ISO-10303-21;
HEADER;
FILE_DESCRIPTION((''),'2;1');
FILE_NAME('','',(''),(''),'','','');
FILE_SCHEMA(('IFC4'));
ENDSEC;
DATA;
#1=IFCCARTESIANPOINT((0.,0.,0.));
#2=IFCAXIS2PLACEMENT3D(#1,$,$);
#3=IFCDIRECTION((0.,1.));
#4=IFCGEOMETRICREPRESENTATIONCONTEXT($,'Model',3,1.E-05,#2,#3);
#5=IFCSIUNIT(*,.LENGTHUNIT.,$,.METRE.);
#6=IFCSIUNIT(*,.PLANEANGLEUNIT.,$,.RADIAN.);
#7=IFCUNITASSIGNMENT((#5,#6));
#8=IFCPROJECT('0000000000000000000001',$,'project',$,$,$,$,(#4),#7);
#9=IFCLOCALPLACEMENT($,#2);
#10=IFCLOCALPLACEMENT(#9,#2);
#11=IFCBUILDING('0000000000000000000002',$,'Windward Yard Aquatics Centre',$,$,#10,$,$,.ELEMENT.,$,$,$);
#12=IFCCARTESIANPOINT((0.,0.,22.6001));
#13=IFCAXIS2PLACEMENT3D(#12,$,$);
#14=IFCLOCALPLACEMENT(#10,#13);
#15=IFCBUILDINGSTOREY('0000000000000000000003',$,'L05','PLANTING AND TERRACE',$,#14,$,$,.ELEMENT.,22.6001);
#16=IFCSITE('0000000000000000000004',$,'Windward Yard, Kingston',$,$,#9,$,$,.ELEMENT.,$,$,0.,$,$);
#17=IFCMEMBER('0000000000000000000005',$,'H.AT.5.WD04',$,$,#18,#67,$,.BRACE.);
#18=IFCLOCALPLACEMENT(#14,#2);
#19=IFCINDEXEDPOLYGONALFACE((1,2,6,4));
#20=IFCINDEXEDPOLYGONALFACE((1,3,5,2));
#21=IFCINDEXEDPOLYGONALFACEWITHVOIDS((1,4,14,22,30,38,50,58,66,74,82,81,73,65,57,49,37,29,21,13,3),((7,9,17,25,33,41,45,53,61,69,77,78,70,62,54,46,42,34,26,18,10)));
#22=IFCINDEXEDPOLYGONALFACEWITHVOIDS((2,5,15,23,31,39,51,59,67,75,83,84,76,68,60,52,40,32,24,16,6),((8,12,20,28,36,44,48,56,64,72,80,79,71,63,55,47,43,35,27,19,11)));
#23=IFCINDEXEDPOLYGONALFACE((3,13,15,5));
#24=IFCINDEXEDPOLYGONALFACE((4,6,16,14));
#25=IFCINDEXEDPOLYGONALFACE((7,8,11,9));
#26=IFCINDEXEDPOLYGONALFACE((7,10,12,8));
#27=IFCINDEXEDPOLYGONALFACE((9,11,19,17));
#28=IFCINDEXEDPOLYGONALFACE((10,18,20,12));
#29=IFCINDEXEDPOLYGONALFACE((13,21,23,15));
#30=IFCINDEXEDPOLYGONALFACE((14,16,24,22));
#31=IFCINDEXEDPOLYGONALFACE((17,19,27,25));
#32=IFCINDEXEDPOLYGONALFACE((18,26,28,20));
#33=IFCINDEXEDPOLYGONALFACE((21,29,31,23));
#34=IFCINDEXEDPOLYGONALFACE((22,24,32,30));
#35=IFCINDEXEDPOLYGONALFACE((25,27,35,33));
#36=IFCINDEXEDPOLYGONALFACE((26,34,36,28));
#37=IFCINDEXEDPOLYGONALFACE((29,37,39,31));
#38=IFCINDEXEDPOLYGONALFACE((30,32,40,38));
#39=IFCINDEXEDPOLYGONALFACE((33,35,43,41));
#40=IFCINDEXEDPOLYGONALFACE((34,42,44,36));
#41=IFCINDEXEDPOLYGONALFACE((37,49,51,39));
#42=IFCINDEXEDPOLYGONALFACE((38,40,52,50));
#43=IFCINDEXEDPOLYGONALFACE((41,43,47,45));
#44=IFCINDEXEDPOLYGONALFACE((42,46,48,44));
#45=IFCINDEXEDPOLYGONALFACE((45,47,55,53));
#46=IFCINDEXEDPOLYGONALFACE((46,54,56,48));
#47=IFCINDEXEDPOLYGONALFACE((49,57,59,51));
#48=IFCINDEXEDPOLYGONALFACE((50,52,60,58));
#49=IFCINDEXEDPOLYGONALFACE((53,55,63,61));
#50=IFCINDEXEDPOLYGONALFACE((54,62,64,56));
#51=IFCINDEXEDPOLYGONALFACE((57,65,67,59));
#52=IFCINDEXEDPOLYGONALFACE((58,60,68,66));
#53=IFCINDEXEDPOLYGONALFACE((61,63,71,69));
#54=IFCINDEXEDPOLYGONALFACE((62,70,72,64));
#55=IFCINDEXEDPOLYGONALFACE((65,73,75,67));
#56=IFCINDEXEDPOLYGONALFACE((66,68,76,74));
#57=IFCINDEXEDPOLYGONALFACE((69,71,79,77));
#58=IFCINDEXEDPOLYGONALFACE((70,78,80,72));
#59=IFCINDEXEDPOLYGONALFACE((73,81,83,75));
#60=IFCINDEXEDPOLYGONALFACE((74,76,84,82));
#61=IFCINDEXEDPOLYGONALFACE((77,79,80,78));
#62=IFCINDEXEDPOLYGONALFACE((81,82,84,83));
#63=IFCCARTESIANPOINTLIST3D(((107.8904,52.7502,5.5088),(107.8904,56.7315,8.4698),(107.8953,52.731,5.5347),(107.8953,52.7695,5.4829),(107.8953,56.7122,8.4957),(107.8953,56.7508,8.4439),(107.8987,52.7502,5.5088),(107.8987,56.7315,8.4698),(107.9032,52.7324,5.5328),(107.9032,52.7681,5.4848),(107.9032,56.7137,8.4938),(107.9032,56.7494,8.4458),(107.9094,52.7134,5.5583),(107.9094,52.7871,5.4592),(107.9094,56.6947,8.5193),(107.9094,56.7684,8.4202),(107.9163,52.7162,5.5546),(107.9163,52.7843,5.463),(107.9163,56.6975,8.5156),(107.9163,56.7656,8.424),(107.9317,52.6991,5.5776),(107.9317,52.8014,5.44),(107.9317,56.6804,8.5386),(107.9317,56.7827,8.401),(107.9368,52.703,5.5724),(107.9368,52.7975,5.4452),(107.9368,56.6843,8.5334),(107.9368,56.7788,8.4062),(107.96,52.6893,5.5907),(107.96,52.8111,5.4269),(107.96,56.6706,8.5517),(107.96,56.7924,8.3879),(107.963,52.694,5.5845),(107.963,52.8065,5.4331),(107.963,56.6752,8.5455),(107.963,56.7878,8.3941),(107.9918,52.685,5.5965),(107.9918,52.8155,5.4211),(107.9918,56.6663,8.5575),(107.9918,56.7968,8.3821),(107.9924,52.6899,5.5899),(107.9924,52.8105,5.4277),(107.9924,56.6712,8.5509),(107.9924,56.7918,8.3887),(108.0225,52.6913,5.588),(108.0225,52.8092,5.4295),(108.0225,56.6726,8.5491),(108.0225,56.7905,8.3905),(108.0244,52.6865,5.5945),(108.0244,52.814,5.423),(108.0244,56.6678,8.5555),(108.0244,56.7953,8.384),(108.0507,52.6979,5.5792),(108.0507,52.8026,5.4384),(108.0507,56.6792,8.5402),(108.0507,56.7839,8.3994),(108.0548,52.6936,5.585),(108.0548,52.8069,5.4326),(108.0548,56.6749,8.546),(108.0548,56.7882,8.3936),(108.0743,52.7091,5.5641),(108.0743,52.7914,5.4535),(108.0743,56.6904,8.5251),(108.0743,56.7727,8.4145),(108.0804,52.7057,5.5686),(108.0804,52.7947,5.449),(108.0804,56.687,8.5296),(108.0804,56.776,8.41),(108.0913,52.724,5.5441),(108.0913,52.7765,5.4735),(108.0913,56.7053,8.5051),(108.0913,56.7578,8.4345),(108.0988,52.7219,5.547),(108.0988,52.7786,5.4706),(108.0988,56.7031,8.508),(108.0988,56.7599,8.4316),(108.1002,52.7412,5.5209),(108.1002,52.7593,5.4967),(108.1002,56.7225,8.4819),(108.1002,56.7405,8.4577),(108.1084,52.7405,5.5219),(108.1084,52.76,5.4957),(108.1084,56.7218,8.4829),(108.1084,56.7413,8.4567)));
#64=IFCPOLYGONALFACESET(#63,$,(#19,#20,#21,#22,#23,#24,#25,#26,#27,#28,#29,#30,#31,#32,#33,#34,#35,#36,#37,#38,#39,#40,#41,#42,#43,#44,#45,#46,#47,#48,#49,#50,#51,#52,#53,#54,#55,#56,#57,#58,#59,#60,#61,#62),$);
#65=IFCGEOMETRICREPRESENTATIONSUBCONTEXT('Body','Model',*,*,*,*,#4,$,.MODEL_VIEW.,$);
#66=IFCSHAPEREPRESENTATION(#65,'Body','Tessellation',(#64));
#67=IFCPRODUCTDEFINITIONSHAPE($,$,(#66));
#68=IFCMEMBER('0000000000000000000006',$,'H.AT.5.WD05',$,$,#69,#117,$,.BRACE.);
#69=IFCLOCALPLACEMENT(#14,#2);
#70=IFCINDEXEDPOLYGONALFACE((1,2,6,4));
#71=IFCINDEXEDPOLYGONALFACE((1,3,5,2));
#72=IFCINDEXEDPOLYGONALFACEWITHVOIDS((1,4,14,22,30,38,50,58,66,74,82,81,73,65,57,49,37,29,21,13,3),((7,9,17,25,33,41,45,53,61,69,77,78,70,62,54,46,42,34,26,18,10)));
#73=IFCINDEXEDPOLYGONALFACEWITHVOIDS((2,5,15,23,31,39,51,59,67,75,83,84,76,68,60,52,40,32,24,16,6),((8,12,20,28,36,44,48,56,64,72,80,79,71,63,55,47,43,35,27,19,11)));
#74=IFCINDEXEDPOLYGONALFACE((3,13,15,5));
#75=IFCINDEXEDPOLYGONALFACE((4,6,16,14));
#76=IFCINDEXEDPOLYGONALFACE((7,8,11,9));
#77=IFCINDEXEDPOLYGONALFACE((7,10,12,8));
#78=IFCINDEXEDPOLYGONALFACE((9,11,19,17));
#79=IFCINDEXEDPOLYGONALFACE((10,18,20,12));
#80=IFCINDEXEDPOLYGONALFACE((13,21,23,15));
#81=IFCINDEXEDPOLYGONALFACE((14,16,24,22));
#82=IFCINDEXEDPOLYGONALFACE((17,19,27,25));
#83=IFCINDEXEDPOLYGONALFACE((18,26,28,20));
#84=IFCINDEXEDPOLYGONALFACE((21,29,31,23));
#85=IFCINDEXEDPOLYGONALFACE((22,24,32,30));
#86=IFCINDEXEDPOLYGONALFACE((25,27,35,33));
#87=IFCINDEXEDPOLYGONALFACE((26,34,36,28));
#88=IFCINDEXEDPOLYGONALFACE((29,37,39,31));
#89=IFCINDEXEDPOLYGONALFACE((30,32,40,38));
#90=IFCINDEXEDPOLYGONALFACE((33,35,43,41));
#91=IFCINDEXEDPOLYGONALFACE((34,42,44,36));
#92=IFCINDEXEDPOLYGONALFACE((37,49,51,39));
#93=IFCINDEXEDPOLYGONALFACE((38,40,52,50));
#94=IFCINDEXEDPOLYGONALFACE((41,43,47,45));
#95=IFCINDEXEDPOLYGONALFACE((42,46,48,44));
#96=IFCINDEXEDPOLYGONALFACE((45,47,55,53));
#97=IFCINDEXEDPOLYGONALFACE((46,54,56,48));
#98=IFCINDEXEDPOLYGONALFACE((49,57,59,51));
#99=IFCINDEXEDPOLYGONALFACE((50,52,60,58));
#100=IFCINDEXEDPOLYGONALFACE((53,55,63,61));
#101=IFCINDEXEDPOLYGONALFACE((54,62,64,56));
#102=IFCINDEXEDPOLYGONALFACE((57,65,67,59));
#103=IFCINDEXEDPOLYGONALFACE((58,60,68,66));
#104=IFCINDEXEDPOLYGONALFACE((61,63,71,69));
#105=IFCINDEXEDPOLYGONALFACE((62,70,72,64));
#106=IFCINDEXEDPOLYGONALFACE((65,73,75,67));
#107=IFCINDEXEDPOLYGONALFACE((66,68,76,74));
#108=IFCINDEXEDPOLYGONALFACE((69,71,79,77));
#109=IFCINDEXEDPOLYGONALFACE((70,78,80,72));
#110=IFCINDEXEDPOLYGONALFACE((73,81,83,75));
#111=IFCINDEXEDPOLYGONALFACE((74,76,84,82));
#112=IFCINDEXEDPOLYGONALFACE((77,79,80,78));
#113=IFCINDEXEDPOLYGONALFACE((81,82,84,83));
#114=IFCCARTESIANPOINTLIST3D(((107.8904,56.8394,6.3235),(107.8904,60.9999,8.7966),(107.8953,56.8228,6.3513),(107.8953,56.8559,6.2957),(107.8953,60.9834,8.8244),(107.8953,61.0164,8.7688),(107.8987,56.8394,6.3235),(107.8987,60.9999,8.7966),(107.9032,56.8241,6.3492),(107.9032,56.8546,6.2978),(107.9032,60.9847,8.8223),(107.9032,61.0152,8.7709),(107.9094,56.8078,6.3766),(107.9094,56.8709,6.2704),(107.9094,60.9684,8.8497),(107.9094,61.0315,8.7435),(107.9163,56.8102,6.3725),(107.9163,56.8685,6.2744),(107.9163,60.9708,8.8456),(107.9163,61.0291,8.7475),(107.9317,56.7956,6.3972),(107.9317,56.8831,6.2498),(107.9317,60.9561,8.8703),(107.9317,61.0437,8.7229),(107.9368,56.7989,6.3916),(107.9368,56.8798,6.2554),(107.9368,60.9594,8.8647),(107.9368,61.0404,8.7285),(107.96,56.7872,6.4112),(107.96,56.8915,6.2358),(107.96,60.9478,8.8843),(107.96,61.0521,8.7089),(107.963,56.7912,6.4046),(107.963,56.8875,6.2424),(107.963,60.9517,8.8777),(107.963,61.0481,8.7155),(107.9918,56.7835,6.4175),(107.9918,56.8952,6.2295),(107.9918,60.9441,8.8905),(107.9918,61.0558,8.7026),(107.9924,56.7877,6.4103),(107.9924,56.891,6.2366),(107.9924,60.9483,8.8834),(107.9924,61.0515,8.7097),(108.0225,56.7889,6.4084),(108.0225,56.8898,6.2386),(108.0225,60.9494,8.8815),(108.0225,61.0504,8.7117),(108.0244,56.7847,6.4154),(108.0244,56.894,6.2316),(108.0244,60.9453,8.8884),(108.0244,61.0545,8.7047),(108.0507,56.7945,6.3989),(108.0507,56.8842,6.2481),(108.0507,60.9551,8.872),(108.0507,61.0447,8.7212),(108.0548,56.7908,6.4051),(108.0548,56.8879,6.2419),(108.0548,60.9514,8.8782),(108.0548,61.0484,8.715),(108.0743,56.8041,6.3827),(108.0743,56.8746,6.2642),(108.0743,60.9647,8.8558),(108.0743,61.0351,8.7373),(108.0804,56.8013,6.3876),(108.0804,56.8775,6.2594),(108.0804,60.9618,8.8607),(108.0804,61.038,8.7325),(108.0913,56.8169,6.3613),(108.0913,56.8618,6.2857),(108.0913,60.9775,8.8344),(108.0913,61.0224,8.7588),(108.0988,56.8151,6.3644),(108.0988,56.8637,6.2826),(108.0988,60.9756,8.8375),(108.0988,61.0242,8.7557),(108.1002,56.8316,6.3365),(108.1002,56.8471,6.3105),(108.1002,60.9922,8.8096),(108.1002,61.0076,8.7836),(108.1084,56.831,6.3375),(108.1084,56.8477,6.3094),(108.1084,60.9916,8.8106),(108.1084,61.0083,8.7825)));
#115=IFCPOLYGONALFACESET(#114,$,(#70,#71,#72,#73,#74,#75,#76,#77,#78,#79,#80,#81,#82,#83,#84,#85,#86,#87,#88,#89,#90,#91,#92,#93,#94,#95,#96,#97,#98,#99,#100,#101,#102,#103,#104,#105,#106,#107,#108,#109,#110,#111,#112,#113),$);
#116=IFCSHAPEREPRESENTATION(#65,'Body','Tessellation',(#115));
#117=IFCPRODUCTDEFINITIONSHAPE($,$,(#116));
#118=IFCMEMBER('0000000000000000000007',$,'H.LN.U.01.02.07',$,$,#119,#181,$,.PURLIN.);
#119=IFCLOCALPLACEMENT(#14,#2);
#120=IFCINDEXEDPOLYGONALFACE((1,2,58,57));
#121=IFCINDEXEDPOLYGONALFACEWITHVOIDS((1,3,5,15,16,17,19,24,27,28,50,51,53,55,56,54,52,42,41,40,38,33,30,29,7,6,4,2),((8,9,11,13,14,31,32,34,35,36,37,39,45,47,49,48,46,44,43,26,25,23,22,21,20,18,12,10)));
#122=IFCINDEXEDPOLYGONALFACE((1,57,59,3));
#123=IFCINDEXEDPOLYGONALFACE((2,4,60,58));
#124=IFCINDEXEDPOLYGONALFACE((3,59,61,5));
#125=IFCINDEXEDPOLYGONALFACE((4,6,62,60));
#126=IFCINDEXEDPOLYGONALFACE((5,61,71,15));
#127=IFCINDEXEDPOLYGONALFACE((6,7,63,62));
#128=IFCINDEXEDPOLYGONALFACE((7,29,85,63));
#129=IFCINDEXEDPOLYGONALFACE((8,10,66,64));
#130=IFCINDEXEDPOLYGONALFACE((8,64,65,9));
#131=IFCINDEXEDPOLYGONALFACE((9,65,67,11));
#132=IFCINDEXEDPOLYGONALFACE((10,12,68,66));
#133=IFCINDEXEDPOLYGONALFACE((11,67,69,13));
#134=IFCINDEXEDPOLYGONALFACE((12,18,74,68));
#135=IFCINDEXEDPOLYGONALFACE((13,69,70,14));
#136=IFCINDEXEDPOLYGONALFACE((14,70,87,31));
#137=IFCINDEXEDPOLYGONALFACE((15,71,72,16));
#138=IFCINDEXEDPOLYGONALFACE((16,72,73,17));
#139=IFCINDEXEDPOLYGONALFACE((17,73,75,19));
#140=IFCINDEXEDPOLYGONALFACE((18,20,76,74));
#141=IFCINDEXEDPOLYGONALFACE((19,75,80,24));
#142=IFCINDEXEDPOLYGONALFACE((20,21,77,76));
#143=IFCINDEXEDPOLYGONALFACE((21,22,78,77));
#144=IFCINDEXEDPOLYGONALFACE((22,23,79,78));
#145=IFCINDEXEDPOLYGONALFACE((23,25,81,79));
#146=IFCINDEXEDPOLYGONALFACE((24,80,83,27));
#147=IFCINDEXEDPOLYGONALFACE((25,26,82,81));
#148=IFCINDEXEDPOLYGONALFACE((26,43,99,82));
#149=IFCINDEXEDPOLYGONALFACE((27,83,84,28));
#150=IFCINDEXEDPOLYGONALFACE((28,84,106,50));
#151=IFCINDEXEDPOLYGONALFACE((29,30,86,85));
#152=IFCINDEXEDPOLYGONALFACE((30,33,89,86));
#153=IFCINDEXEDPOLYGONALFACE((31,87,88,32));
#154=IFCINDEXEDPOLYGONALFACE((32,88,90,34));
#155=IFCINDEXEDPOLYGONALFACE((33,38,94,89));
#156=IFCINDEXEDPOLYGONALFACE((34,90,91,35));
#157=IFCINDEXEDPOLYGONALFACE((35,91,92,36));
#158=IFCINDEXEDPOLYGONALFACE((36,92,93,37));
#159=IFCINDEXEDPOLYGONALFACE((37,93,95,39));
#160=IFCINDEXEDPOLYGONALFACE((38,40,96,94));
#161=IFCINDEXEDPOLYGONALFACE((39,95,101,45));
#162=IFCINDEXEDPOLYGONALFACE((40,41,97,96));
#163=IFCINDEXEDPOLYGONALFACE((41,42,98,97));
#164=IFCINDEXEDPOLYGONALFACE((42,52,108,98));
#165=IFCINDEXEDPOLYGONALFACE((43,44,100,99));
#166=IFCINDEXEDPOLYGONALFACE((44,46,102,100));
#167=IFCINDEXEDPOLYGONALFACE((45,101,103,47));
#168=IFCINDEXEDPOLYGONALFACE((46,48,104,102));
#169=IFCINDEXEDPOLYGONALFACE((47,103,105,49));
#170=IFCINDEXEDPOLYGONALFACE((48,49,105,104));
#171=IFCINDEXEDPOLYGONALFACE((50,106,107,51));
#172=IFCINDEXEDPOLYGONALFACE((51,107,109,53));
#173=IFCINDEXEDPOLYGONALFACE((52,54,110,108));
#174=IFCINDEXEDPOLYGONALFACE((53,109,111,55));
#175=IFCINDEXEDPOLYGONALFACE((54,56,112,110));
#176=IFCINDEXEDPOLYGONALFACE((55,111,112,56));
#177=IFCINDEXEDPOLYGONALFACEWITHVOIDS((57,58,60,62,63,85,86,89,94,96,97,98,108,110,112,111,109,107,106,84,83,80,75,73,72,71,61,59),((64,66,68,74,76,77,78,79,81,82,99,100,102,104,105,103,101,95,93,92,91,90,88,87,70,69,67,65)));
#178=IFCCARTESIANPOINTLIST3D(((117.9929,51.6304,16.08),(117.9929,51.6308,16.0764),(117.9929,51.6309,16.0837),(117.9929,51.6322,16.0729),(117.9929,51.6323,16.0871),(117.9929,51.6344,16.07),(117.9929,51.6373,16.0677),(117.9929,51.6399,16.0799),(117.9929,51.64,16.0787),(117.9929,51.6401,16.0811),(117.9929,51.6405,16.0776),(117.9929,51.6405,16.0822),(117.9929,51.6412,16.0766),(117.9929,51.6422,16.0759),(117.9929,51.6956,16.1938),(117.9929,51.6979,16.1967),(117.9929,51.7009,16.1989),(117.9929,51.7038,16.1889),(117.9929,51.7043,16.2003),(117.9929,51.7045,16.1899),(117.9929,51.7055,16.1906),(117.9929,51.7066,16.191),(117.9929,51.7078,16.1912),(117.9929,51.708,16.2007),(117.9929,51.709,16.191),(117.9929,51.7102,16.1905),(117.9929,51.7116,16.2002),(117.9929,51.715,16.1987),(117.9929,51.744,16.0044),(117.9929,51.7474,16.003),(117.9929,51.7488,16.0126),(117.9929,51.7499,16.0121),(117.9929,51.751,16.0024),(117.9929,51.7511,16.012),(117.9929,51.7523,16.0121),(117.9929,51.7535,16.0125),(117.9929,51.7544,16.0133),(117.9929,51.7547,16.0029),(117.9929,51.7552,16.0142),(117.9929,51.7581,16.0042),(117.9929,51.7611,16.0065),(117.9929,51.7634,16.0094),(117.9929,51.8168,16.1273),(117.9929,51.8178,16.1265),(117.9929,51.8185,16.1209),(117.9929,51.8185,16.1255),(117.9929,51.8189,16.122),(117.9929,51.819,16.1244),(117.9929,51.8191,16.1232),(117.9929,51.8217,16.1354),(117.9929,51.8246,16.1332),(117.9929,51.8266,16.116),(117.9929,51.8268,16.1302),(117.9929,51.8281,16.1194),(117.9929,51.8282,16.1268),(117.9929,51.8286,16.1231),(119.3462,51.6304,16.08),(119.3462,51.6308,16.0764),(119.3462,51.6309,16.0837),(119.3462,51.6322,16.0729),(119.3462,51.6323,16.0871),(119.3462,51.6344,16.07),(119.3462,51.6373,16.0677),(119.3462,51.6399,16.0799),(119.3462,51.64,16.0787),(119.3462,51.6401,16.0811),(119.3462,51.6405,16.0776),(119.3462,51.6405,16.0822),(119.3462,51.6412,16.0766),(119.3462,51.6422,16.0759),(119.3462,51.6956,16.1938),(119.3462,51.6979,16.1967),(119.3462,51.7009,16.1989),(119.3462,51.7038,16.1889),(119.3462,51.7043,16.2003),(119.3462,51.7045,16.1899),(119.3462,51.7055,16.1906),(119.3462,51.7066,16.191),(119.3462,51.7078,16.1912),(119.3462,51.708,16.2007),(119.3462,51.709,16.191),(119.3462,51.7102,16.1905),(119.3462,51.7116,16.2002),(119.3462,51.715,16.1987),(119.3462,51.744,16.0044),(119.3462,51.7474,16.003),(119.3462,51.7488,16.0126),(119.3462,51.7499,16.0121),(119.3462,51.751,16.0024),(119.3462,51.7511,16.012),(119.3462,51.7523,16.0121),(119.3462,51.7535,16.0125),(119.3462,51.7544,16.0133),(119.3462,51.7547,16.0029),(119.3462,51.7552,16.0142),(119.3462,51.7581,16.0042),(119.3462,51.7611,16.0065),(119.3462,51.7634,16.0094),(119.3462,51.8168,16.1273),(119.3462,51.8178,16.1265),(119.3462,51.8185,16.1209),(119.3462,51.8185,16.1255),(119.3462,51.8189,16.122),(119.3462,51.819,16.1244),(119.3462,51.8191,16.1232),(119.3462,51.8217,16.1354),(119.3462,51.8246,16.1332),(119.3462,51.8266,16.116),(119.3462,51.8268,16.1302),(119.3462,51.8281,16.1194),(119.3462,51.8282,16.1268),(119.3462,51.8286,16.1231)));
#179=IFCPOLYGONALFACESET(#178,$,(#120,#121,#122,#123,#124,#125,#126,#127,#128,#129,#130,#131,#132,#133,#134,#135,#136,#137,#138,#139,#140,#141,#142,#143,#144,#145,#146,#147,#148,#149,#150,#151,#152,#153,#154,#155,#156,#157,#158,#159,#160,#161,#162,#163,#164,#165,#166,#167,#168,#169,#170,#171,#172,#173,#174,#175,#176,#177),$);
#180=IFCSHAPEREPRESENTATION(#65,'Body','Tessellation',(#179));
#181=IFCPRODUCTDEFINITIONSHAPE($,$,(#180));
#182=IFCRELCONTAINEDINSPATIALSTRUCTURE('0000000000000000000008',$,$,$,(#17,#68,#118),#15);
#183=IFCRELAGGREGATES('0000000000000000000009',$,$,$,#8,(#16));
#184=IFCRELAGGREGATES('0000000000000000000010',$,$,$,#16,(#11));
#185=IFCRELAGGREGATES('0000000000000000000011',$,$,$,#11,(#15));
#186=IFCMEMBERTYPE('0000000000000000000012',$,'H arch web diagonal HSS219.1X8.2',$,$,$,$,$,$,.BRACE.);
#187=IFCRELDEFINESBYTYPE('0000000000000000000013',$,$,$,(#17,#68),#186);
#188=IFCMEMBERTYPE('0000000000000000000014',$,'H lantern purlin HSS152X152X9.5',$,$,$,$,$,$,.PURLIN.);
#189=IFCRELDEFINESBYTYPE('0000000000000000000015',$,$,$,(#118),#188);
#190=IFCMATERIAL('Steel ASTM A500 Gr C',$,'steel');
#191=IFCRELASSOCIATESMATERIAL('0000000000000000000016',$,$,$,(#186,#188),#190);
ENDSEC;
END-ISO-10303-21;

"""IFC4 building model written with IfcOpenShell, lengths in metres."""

from ifc_helpers import new_model, si_unit, direction, frame, origin, origin_2d, place, context, subcontext, project, spatial, hollow_rectangle, hollow_circle, extrude, material, material_profile, profile_set, type_object, element, save


model = new_model("IFC4")

# Units and contexts
model_context = context("Model", 3, precision=1e-05, world=origin(), true_north=direction((0.0, 1.0)))
body_context = subcontext(model_context, "Body", "Model", "MODEL_VIEW")
ifc_project = project(units=[si_unit("LENGTHUNIT", "METRE"), si_unit("PLANEANGLEUNIT", "RADIAN")], contexts=[model_context])

# Site, building, storey
site_placement = place(None, origin())
site = spatial("IfcSite", under=ifc_project, at=site_placement, Name="Windward Yard, Kingston", CompositionType="ELEMENT", RefElevation=0.0)
building_placement = place(site_placement, origin())
building = spatial("IfcBuilding", under=site, at=building_placement, Name="Windward Yard Aquatics Centre", CompositionType="ELEMENT")
storey_placement = place(building_placement, frame((0.0, 0.0, 22.6001)))
storey = spatial("IfcBuildingStorey", under=building, at=storey_placement, Name="L05", Description="PLANTING AND TERRACE", CompositionType="ELEMENT", Elevation=22.6001)

# Members
ifc_material_1 = material(Name="Steel ASTM A500 Gr C", Category="steel")
ifc_material_profile_1 = material_profile(ifc_material_1, hollow_circle(Radius=0.1096, WallThickness=0.0083, at=origin_2d()), Name="HSS219.1X8.2")
ifc_profile_set_1 = profile_set([ifc_material_profile_1], Name="Steel ASTM A500 Gr C")
member_type_1 = type_object("IfcMemberType", Name="H arch web diagonal HSS219.1X8.2", PredefinedType="BRACE", material=ifc_profile_set_1)
member_1_placement = place(storey_placement, frame((108.0, 52.7502, 5.5088), z_axis=(0.0, 0.802409, 0.596775), x_axis=(-1.0, 0.0, 0.0)))
element("IfcMember", 1, at=member_1_placement, inside=storey, type_object=member_type_1, Name="H.AT.5.WD04", PredefinedType="BRACE", context=body_context, shape_type="SweptSolid", body=[
    extrude(hollow_circle(Radius=0.1096, WallThickness=0.0083, at=origin_2d()), origin(), (0.0, 0.0, 1.0), 4.9617),
])
member_2_placement = place(storey_placement, frame((108.0, 56.8394, 6.3235), z_axis=(0.0, 0.859604, 0.510961), x_axis=(-1.0, 0.0, 0.0)))
element("IfcMember", 2, at=member_2_placement, inside=storey, type_object=member_type_1, Name="H.AT.5.WD05", PredefinedType="BRACE", context=body_context, shape_type="SweptSolid", body=[
    extrude(hollow_circle(Radius=0.1096, WallThickness=0.0083, at=origin_2d()), origin(), (0.0, 0.0, 1.0), 4.8401),
])
ifc_material_profile_2 = material_profile(ifc_material_1, hollow_rectangle(XDim=0.1523, YDim=0.1523, WallThickness=0.0095, InnerFilletRadius=0.0046, OuterFilletRadius=0.0142, at=origin_2d()), Name="HSS152X152X9.5")
ifc_profile_set_2 = profile_set([ifc_material_profile_2], Name="Steel ASTM A500 Gr C")
member_type_2 = type_object("IfcMemberType", Name="H lantern purlin HSS152X152X9.5", PredefinedType="PURLIN", material=ifc_profile_set_2)
member_3_placement = place(storey_placement, frame((119.3462, 51.7295, 16.1016), z_axis=(-1.0, 0.0, 0.0), x_axis=(0.0, -0.51012, -0.860103)))
element("IfcMember", 3, at=member_3_placement, inside=storey, type_object=member_type_2, Name="H.LN.U.01.02.07", PredefinedType="PURLIN", context=body_context, shape_type="SweptSolid", body=[
    extrude(hollow_rectangle(XDim=0.1523, YDim=0.1523, WallThickness=0.0095, InnerFilletRadius=0.0046, OuterFilletRadius=0.0142, at=origin_2d()), origin(), (0.0, 0.0, 1.0), 1.3533),
])

save(model, "model.ifc")
